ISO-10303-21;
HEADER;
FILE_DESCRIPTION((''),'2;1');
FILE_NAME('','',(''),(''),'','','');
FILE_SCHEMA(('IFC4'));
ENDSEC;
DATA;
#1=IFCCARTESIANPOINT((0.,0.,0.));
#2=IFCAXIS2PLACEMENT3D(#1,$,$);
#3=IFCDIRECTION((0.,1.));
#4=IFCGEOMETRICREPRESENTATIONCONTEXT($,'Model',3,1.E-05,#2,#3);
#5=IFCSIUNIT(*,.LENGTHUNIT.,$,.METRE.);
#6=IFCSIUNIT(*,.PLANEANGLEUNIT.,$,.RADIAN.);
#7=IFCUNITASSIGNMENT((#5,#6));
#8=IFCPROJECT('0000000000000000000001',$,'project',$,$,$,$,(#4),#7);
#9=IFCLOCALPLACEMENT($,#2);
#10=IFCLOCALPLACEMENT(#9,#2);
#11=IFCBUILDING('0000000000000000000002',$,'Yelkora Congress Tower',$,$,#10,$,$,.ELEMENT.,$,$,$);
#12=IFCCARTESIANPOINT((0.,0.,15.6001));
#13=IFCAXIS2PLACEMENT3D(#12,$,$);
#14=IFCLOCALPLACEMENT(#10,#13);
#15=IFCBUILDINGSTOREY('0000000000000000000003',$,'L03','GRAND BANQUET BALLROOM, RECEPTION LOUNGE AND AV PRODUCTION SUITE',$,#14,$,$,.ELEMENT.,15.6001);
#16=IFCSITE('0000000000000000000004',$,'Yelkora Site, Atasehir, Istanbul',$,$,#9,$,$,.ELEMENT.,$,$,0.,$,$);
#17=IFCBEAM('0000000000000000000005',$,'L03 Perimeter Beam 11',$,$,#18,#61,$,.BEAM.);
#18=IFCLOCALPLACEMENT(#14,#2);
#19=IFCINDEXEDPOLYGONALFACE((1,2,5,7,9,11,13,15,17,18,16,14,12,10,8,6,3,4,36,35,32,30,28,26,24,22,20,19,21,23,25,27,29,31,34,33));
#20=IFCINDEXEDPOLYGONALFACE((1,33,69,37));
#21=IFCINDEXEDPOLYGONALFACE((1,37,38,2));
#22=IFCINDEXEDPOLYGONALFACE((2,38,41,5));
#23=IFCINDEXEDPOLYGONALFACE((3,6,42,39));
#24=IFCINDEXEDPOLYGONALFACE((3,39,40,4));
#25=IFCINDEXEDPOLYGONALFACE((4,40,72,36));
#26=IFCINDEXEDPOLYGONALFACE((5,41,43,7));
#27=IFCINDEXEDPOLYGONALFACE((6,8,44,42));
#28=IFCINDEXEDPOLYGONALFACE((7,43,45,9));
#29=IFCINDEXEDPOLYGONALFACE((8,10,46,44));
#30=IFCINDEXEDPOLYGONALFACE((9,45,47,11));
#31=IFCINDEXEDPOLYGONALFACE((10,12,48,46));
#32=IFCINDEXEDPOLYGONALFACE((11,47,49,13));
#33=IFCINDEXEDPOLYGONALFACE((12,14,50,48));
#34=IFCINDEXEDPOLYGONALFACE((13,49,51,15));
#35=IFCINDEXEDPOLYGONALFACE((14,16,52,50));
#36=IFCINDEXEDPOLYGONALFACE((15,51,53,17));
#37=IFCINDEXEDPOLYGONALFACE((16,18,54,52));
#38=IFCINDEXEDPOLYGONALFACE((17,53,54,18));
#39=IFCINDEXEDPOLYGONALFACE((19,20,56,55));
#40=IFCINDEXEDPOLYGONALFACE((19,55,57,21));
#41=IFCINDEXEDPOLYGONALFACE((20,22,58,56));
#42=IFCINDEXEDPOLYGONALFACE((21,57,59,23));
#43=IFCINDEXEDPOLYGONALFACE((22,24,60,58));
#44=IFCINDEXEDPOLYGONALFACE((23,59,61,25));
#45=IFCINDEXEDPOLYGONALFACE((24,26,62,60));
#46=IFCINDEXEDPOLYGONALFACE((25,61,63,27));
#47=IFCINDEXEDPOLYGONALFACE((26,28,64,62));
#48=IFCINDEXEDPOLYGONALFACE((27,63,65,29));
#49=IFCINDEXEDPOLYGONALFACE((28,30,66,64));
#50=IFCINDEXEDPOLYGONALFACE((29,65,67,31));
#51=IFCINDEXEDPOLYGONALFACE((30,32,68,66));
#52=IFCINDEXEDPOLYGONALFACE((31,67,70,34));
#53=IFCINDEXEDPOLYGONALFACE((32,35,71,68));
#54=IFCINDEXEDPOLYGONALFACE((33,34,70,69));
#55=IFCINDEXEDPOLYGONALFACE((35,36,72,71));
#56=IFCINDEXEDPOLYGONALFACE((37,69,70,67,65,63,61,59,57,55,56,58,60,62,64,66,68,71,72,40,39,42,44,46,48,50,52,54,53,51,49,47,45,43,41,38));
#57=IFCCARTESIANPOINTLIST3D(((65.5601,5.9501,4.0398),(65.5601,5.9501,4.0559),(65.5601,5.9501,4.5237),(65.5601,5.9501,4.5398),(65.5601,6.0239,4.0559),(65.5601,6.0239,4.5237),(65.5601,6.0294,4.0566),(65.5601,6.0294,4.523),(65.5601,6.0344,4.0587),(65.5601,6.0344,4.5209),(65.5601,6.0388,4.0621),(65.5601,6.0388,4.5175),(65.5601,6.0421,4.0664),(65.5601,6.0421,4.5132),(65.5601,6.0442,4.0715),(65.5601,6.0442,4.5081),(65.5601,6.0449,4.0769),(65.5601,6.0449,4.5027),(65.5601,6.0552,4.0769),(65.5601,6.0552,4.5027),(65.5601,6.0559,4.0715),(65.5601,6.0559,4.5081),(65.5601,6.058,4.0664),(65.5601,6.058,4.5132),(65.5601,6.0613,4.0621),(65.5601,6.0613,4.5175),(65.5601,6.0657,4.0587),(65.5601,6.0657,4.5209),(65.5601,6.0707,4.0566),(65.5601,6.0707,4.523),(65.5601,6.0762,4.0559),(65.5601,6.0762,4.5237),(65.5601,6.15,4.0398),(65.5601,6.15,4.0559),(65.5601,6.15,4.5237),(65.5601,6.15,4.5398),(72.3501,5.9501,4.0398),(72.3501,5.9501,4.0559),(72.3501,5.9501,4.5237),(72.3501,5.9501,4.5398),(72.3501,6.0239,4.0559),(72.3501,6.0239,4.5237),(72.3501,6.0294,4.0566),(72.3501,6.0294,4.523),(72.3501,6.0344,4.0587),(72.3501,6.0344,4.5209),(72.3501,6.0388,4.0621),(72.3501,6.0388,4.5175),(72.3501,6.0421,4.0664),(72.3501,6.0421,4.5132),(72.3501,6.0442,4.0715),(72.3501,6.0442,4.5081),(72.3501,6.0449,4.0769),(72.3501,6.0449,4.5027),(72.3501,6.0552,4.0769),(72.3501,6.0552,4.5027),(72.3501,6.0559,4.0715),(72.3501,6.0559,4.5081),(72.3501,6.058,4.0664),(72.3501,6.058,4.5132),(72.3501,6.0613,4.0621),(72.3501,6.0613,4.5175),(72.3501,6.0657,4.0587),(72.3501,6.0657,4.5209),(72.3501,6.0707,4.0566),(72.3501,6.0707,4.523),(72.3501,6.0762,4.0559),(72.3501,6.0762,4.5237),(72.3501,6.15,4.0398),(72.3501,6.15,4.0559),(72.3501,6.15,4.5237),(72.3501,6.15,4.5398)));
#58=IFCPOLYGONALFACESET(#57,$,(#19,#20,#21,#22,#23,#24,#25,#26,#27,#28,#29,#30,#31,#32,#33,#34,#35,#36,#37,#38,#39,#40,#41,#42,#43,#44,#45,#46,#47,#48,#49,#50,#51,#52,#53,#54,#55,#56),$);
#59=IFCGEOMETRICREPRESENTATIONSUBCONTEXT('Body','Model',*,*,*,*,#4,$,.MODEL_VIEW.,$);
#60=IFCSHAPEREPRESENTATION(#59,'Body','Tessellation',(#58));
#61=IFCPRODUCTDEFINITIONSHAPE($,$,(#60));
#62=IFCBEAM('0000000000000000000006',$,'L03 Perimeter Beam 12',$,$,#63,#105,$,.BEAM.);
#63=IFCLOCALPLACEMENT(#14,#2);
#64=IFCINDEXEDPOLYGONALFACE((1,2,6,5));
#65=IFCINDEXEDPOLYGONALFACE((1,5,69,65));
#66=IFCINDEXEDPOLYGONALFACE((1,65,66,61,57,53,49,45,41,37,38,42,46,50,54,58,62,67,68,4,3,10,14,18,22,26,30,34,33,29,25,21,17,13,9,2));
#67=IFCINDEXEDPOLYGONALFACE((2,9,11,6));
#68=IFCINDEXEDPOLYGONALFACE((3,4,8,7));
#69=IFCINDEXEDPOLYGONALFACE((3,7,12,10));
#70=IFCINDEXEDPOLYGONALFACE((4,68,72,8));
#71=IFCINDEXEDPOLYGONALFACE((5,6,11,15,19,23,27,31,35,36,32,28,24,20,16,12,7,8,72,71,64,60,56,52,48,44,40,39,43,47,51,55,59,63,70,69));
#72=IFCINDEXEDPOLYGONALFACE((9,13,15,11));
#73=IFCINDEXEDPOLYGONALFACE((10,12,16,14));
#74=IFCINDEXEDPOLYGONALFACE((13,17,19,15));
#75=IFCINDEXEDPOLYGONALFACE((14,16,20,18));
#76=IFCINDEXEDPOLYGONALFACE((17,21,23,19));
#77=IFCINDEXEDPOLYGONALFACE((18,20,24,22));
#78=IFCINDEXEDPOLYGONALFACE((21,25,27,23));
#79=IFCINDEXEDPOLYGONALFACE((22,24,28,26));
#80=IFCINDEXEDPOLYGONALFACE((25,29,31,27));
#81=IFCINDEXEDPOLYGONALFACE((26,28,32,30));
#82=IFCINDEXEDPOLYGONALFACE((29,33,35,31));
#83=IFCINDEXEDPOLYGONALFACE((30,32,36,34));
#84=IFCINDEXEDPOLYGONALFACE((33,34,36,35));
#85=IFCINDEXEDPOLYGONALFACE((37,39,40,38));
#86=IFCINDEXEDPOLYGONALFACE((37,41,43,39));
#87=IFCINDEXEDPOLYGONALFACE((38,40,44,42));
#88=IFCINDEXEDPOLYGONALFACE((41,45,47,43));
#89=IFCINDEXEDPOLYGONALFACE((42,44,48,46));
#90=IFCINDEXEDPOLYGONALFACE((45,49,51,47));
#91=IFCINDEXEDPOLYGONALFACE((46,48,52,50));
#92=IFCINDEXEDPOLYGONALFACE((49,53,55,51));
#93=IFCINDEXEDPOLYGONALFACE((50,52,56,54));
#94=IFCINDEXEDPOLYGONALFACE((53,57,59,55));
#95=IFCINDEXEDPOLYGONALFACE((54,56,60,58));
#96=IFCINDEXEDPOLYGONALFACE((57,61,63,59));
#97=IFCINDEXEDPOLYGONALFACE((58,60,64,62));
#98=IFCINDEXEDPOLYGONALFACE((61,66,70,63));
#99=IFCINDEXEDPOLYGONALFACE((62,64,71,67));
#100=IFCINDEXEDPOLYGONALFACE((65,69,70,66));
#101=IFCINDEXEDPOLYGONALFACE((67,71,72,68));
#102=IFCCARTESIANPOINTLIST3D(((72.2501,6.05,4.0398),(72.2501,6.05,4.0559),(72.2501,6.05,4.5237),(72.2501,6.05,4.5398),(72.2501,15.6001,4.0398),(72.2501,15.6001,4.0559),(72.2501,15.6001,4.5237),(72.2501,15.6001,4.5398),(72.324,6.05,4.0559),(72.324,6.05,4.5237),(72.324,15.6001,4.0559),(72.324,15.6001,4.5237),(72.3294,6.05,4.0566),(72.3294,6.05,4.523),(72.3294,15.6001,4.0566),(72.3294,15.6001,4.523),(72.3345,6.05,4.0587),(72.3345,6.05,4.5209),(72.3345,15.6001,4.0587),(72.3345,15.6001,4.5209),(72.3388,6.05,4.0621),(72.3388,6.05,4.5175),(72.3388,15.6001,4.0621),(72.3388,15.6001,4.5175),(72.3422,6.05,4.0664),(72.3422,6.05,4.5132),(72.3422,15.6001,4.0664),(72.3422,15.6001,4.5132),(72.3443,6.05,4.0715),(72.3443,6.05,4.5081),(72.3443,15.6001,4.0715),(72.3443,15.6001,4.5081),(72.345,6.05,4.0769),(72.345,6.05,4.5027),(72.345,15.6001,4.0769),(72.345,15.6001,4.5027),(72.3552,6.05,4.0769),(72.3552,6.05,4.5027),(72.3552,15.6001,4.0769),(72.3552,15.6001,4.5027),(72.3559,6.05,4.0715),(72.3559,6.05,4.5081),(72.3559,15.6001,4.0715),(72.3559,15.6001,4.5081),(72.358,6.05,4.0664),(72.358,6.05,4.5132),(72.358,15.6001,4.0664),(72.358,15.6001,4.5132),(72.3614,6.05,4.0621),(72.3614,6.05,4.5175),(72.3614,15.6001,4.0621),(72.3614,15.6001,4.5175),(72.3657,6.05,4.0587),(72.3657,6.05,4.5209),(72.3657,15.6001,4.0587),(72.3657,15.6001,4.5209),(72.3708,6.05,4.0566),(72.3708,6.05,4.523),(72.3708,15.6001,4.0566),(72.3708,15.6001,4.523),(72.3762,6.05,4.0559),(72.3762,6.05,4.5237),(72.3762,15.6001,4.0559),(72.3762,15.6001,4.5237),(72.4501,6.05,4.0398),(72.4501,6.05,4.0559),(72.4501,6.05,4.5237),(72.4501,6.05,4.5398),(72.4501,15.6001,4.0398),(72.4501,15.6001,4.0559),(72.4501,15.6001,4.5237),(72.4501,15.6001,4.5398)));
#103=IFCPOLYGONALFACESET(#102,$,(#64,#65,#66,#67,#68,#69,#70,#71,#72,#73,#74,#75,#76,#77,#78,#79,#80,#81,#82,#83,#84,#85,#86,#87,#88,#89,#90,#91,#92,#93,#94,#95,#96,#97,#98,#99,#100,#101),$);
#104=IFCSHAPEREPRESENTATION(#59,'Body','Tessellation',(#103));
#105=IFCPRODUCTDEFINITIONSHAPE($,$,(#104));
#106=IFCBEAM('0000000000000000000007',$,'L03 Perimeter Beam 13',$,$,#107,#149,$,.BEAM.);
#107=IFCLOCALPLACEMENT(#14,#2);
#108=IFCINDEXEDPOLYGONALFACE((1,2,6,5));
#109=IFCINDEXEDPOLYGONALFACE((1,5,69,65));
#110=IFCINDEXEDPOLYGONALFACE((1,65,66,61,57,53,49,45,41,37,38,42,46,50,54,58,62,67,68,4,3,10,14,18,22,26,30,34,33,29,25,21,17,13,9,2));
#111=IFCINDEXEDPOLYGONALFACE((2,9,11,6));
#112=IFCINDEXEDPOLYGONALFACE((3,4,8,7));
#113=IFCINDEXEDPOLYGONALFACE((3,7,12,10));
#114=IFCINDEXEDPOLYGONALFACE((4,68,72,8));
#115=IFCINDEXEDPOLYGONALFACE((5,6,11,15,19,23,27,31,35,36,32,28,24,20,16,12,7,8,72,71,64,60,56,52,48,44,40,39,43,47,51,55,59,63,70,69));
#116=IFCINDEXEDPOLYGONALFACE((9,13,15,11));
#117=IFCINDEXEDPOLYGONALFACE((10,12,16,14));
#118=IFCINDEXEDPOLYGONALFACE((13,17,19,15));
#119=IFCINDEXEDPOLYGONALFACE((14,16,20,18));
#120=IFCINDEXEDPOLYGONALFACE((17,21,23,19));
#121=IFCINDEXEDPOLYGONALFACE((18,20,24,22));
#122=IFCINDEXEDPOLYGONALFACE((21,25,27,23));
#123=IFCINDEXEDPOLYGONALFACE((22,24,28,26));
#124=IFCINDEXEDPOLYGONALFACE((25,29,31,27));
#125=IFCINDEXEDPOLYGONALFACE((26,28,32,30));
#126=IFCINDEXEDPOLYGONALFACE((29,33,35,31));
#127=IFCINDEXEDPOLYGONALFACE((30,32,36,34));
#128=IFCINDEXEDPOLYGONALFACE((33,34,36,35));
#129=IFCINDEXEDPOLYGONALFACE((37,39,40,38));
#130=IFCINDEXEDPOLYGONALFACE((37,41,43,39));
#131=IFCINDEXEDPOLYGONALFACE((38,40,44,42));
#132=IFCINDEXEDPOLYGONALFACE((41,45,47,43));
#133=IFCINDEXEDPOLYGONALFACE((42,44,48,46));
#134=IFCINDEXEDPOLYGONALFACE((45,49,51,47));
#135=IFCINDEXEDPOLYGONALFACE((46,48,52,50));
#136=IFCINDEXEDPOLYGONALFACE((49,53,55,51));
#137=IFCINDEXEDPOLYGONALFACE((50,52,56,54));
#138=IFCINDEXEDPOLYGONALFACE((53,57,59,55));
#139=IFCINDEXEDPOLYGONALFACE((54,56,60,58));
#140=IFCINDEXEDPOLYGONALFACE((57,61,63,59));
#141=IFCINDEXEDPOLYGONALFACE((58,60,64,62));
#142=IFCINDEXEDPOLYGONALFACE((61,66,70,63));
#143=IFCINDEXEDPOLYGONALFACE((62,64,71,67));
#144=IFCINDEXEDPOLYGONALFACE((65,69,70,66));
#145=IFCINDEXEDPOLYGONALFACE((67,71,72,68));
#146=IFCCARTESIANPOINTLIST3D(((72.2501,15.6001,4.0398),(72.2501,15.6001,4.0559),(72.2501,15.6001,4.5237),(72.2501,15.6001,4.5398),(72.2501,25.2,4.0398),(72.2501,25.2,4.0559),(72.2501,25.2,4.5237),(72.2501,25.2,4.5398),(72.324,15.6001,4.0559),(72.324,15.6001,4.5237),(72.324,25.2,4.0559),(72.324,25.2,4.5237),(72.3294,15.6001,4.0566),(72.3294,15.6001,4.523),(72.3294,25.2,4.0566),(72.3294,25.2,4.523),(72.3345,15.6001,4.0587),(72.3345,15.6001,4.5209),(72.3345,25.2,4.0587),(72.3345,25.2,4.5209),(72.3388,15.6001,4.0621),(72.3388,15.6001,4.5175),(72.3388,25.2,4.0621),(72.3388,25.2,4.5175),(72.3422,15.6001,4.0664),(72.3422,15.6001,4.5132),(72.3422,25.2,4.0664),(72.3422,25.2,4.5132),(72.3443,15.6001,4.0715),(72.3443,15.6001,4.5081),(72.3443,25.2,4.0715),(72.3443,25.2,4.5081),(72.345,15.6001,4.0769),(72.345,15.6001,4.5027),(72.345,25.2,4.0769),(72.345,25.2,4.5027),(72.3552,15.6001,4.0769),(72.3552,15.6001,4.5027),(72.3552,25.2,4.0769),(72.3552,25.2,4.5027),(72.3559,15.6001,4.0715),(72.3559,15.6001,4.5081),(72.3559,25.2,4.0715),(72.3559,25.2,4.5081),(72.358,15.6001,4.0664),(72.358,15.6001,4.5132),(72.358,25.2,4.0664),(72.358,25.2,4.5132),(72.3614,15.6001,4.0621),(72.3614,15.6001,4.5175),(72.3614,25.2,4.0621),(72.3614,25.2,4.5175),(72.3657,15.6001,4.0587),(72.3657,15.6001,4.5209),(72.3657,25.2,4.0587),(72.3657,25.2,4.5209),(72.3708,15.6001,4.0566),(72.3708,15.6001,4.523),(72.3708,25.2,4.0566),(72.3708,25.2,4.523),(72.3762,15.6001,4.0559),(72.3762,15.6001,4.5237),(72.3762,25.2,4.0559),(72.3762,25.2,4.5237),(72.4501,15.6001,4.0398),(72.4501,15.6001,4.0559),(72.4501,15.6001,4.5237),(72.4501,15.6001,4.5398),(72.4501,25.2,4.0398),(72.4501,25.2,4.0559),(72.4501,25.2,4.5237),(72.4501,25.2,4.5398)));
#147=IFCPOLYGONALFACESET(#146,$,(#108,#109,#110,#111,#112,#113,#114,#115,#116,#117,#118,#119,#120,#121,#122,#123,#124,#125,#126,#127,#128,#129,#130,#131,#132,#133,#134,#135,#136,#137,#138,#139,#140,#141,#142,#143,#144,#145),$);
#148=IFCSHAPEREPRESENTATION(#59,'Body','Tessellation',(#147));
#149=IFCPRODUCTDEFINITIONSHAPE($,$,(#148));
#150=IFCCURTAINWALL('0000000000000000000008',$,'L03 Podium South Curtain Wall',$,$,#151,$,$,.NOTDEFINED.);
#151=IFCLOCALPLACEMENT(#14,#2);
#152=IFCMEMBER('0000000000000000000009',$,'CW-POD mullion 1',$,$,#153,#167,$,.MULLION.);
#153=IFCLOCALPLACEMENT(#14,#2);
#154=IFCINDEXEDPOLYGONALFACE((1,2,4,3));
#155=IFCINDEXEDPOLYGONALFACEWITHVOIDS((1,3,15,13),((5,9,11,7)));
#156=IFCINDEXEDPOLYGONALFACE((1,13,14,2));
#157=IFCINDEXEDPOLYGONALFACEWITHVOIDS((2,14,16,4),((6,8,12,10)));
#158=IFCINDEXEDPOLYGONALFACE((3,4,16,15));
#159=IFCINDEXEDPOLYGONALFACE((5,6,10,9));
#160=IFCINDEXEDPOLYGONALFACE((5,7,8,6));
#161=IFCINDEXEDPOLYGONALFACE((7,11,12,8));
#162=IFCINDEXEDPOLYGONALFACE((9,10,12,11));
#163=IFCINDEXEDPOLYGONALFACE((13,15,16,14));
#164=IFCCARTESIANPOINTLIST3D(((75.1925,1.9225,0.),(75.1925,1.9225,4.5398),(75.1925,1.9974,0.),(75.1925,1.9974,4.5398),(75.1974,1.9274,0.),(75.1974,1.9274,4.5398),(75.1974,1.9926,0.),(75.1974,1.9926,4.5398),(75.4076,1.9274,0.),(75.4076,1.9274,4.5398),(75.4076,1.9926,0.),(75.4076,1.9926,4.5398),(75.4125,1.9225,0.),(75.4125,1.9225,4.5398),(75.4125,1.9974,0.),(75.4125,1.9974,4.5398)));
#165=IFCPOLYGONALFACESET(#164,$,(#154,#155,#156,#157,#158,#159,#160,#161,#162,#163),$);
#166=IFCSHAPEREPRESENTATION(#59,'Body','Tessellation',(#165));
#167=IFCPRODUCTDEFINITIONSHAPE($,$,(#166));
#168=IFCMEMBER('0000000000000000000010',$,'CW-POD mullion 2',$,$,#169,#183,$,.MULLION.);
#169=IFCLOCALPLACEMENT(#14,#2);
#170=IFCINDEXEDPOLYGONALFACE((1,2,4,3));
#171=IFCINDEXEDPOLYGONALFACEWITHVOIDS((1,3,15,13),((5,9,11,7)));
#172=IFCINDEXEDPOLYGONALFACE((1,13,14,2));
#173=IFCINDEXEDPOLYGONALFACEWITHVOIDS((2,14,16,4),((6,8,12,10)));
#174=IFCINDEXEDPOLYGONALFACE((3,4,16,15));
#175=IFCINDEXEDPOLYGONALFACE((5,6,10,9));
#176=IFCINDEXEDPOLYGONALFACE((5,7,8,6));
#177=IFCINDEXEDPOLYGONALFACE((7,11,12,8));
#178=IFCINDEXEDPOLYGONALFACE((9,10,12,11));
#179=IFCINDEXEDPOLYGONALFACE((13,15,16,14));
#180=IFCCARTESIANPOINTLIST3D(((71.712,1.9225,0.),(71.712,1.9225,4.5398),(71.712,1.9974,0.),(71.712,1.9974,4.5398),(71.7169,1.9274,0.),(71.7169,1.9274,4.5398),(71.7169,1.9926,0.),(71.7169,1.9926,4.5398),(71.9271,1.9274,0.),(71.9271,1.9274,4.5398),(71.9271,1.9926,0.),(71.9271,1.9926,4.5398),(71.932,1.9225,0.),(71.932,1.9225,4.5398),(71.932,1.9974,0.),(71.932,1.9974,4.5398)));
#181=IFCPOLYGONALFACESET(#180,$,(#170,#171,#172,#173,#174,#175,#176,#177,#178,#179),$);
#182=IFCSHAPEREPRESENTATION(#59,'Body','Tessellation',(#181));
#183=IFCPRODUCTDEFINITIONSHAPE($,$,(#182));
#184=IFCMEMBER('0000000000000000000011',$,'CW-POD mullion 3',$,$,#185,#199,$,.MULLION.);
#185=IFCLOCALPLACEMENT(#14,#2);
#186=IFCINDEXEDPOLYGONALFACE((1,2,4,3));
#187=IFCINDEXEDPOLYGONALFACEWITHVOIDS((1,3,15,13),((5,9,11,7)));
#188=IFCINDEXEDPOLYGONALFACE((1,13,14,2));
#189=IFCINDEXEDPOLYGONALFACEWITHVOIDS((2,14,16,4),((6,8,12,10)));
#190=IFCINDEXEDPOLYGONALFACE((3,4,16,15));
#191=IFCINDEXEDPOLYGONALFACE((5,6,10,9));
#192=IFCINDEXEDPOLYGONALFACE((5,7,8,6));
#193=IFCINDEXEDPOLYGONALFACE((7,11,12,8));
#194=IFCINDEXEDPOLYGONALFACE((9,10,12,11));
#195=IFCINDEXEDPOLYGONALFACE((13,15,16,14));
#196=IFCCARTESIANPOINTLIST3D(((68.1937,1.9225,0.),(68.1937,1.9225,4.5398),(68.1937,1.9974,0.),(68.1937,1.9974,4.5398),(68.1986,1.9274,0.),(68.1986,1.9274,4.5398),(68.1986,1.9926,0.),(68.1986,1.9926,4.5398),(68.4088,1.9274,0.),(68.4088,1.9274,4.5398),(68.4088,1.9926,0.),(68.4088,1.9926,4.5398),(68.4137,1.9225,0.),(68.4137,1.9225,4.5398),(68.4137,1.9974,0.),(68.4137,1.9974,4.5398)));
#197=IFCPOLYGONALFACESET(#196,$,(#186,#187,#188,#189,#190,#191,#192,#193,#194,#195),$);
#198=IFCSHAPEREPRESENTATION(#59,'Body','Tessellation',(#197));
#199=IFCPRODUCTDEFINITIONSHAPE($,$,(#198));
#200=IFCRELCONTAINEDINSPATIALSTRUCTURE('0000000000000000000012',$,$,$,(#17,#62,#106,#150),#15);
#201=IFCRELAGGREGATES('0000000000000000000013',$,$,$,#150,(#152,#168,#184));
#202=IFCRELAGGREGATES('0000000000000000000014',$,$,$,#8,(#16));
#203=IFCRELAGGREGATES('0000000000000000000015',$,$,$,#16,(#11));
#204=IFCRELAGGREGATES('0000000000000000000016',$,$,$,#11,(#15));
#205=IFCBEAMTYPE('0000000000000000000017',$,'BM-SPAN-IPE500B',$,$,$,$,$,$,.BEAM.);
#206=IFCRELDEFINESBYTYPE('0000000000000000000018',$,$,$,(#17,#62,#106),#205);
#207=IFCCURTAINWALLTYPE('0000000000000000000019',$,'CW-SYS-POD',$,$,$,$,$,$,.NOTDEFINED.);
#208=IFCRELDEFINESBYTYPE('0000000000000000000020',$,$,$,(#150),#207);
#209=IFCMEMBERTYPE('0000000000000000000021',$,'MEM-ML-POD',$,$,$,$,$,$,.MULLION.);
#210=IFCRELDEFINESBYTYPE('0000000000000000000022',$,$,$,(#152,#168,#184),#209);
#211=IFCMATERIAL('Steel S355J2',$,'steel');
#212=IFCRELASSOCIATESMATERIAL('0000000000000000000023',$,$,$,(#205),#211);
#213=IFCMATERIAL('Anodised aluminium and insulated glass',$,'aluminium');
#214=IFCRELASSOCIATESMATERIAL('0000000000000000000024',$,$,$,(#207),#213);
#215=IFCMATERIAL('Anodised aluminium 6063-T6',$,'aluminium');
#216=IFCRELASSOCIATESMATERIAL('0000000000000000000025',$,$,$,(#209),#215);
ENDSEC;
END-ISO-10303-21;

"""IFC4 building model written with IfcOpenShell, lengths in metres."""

from ifc_helpers import new_model, si_unit, direction, frame, origin, origin_2d, place, context, subcontext, project, spatial, hollow_rectangle, i_section, extrude, material, material_profile, profile_set, type_object, element, aggregate, save


model = new_model("IFC4")

# Units and contexts
model_context = context("Model", 3, precision=1e-05, world=origin(), true_north=direction((0.0, 1.0)))
body_context = subcontext(model_context, "Body", "Model", "MODEL_VIEW")
ifc_project = project(units=[si_unit("LENGTHUNIT", "METRE"), si_unit("PLANEANGLEUNIT", "RADIAN")], contexts=[model_context])

# Site, building, storey
site_placement = place(None, origin())
site = spatial("IfcSite", under=ifc_project, at=site_placement, Name="Yelkora Site, Atasehir, Istanbul", CompositionType="ELEMENT", RefElevation=0.0)
building_placement = place(site_placement, origin())
building = spatial("IfcBuilding", under=site, at=building_placement, Name="Yelkora Congress Tower", CompositionType="ELEMENT")
storey_placement = place(building_placement, frame((0.0, 0.0, 15.6001)))
storey = spatial("IfcBuildingStorey", under=building, at=storey_placement, Name="L03", Description="GRAND BANQUET BALLROOM, RECEPTION LOUNGE AND AV PRODUCTION SUITE", CompositionType="ELEMENT", Elevation=15.6001)

# Beams
ifc_material_1 = material(Name="Steel S355J2", Category="steel")
ifc_material_profile_1 = material_profile(ifc_material_1, i_section(OverallWidth=0.2, OverallDepth=0.5, WebThickness=0.0103, FlangeThickness=0.0161, FilletRadius=0.021, at=origin_2d()), Name="IPE 500")
ifc_profile_set_1 = profile_set([ifc_material_profile_1], Name="Steel S355J2")
beam_type_1 = type_object("IfcBeamType", Name="BM-SPAN-IPE500B", PredefinedType="BEAM", material=ifc_profile_set_1)
beam_1_placement = place(storey_placement, frame((65.5601, 6.05, 4.2898), z_axis=(1.0, 0.0, 0.0), x_axis=(0.0, 1.0, 0.0)))
element("IfcBeam", 1, at=beam_1_placement, inside=storey, type_object=beam_type_1, Name="L03 Perimeter Beam 11", PredefinedType="BEAM", context=body_context, shape_type="SweptSolid", body=[
    extrude(i_section(OverallWidth=0.2, OverallDepth=0.5, WebThickness=0.0103, FlangeThickness=0.0161, FilletRadius=0.021, at=origin_2d()), origin(), (0.0, 0.0, 1.0), 6.79),
])
beam_2_placement = place(storey_placement, frame((72.3501, 6.05, 4.2898), z_axis=(0.0, 1.0, 0.0), x_axis=(-1.0, 0.0, 0.0)))
element("IfcBeam", 2, at=beam_2_placement, inside=storey, type_object=beam_type_1, Name="L03 Perimeter Beam 12", PredefinedType="BEAM", context=body_context, shape_type="SweptSolid", body=[
    extrude(i_section(OverallWidth=0.2, OverallDepth=0.5, WebThickness=0.0103, FlangeThickness=0.0161, FilletRadius=0.021, at=origin_2d()), origin(), (0.0, 0.0, 1.0), 9.55),
])
beam_3_placement = place(storey_placement, frame((72.3501, 15.6001, 4.2898), z_axis=(0.0, 1.0, 0.0), x_axis=(-1.0, 0.0, 0.0)))
element("IfcBeam", 3, at=beam_3_placement, inside=storey, type_object=beam_type_1, Name="L03 Perimeter Beam 13", PredefinedType="BEAM", context=body_context, shape_type="SweptSolid", body=[
    extrude(i_section(OverallWidth=0.2, OverallDepth=0.5, WebThickness=0.0103, FlangeThickness=0.0161, FilletRadius=0.021, at=origin_2d()), origin(), (0.0, 0.0, 1.0), 9.5999),
])

# Curtain wall, members
ifc_material_2 = material(Name="Anodised aluminium and insulated glass", Category="aluminium")
curtain_wall_type = type_object("IfcCurtainWallType", Name="CW-SYS-POD", PredefinedType="NOTDEFINED", material=ifc_material_2)
curtain_wall_placement = place(storey_placement, origin())
curtain_wall = element("IfcCurtainWall", 4, at=curtain_wall_placement, inside=storey, type_object=curtain_wall_type, Name="L03 Podium South Curtain Wall", PredefinedType="NOTDEFINED")
ifc_material_3 = material(Name="Anodised aluminium 6063-T6", Category="aluminium")
ifc_material_profile_2 = material_profile(ifc_material_3, hollow_rectangle(XDim=0.075, YDim=0.22, WallThickness=0.0049, at=origin_2d()), Name="ALU 75x220x5")
ifc_profile_set_2 = profile_set([ifc_material_profile_2], Name="Anodised aluminium 6063-T6")
member_type_1 = type_object("IfcMemberType", Name="MEM-ML-POD", PredefinedType="MULLION", material=ifc_profile_set_2)
member_1_placement = place(storey_placement, frame((75.3025, 1.96, 0.0), z_axis=(0.0, 0.0, 1.0), x_axis=(0.0, -1.0, 0.0)))
member_1 = element("IfcMember", 5, at=member_1_placement, type_object=member_type_1, Name="CW-POD mullion 1", PredefinedType="MULLION", context=body_context, shape_type="SweptSolid", body=[
    extrude(hollow_rectangle(XDim=0.075, YDim=0.22, WallThickness=0.0049, at=origin_2d()), origin(), (0.0, 0.0, 1.0), 4.5398),
])
member_2_placement = place(storey_placement, frame((71.822, 1.96, 0.0), z_axis=(0.0, 0.0, 1.0), x_axis=(0.0, -1.0, 0.0)))
member_2 = element("IfcMember", 6, at=member_2_placement, type_object=member_type_1, Name="CW-POD mullion 2", PredefinedType="MULLION", context=body_context, shape_type="SweptSolid", body=[
    extrude(hollow_rectangle(XDim=0.075, YDim=0.22, WallThickness=0.0049, at=origin_2d()), origin(), (0.0, 0.0, 1.0), 4.5398),
])
member_3_placement = place(storey_placement, frame((68.3037, 1.96, 0.0), z_axis=(0.0, 0.0, 1.0), x_axis=(0.0, -1.0, 0.0)))
member_3 = element("IfcMember", 7, at=member_3_placement, type_object=member_type_1, Name="CW-POD mullion 3", PredefinedType="MULLION", context=body_context, shape_type="SweptSolid", body=[
    extrude(hollow_rectangle(XDim=0.075, YDim=0.22, WallThickness=0.0049, at=origin_2d()), origin(), (0.0, 0.0, 1.0), 4.5398),
])
aggregate(curtain_wall, [member_1, member_2, member_3])

save(model, "model.ifc")
